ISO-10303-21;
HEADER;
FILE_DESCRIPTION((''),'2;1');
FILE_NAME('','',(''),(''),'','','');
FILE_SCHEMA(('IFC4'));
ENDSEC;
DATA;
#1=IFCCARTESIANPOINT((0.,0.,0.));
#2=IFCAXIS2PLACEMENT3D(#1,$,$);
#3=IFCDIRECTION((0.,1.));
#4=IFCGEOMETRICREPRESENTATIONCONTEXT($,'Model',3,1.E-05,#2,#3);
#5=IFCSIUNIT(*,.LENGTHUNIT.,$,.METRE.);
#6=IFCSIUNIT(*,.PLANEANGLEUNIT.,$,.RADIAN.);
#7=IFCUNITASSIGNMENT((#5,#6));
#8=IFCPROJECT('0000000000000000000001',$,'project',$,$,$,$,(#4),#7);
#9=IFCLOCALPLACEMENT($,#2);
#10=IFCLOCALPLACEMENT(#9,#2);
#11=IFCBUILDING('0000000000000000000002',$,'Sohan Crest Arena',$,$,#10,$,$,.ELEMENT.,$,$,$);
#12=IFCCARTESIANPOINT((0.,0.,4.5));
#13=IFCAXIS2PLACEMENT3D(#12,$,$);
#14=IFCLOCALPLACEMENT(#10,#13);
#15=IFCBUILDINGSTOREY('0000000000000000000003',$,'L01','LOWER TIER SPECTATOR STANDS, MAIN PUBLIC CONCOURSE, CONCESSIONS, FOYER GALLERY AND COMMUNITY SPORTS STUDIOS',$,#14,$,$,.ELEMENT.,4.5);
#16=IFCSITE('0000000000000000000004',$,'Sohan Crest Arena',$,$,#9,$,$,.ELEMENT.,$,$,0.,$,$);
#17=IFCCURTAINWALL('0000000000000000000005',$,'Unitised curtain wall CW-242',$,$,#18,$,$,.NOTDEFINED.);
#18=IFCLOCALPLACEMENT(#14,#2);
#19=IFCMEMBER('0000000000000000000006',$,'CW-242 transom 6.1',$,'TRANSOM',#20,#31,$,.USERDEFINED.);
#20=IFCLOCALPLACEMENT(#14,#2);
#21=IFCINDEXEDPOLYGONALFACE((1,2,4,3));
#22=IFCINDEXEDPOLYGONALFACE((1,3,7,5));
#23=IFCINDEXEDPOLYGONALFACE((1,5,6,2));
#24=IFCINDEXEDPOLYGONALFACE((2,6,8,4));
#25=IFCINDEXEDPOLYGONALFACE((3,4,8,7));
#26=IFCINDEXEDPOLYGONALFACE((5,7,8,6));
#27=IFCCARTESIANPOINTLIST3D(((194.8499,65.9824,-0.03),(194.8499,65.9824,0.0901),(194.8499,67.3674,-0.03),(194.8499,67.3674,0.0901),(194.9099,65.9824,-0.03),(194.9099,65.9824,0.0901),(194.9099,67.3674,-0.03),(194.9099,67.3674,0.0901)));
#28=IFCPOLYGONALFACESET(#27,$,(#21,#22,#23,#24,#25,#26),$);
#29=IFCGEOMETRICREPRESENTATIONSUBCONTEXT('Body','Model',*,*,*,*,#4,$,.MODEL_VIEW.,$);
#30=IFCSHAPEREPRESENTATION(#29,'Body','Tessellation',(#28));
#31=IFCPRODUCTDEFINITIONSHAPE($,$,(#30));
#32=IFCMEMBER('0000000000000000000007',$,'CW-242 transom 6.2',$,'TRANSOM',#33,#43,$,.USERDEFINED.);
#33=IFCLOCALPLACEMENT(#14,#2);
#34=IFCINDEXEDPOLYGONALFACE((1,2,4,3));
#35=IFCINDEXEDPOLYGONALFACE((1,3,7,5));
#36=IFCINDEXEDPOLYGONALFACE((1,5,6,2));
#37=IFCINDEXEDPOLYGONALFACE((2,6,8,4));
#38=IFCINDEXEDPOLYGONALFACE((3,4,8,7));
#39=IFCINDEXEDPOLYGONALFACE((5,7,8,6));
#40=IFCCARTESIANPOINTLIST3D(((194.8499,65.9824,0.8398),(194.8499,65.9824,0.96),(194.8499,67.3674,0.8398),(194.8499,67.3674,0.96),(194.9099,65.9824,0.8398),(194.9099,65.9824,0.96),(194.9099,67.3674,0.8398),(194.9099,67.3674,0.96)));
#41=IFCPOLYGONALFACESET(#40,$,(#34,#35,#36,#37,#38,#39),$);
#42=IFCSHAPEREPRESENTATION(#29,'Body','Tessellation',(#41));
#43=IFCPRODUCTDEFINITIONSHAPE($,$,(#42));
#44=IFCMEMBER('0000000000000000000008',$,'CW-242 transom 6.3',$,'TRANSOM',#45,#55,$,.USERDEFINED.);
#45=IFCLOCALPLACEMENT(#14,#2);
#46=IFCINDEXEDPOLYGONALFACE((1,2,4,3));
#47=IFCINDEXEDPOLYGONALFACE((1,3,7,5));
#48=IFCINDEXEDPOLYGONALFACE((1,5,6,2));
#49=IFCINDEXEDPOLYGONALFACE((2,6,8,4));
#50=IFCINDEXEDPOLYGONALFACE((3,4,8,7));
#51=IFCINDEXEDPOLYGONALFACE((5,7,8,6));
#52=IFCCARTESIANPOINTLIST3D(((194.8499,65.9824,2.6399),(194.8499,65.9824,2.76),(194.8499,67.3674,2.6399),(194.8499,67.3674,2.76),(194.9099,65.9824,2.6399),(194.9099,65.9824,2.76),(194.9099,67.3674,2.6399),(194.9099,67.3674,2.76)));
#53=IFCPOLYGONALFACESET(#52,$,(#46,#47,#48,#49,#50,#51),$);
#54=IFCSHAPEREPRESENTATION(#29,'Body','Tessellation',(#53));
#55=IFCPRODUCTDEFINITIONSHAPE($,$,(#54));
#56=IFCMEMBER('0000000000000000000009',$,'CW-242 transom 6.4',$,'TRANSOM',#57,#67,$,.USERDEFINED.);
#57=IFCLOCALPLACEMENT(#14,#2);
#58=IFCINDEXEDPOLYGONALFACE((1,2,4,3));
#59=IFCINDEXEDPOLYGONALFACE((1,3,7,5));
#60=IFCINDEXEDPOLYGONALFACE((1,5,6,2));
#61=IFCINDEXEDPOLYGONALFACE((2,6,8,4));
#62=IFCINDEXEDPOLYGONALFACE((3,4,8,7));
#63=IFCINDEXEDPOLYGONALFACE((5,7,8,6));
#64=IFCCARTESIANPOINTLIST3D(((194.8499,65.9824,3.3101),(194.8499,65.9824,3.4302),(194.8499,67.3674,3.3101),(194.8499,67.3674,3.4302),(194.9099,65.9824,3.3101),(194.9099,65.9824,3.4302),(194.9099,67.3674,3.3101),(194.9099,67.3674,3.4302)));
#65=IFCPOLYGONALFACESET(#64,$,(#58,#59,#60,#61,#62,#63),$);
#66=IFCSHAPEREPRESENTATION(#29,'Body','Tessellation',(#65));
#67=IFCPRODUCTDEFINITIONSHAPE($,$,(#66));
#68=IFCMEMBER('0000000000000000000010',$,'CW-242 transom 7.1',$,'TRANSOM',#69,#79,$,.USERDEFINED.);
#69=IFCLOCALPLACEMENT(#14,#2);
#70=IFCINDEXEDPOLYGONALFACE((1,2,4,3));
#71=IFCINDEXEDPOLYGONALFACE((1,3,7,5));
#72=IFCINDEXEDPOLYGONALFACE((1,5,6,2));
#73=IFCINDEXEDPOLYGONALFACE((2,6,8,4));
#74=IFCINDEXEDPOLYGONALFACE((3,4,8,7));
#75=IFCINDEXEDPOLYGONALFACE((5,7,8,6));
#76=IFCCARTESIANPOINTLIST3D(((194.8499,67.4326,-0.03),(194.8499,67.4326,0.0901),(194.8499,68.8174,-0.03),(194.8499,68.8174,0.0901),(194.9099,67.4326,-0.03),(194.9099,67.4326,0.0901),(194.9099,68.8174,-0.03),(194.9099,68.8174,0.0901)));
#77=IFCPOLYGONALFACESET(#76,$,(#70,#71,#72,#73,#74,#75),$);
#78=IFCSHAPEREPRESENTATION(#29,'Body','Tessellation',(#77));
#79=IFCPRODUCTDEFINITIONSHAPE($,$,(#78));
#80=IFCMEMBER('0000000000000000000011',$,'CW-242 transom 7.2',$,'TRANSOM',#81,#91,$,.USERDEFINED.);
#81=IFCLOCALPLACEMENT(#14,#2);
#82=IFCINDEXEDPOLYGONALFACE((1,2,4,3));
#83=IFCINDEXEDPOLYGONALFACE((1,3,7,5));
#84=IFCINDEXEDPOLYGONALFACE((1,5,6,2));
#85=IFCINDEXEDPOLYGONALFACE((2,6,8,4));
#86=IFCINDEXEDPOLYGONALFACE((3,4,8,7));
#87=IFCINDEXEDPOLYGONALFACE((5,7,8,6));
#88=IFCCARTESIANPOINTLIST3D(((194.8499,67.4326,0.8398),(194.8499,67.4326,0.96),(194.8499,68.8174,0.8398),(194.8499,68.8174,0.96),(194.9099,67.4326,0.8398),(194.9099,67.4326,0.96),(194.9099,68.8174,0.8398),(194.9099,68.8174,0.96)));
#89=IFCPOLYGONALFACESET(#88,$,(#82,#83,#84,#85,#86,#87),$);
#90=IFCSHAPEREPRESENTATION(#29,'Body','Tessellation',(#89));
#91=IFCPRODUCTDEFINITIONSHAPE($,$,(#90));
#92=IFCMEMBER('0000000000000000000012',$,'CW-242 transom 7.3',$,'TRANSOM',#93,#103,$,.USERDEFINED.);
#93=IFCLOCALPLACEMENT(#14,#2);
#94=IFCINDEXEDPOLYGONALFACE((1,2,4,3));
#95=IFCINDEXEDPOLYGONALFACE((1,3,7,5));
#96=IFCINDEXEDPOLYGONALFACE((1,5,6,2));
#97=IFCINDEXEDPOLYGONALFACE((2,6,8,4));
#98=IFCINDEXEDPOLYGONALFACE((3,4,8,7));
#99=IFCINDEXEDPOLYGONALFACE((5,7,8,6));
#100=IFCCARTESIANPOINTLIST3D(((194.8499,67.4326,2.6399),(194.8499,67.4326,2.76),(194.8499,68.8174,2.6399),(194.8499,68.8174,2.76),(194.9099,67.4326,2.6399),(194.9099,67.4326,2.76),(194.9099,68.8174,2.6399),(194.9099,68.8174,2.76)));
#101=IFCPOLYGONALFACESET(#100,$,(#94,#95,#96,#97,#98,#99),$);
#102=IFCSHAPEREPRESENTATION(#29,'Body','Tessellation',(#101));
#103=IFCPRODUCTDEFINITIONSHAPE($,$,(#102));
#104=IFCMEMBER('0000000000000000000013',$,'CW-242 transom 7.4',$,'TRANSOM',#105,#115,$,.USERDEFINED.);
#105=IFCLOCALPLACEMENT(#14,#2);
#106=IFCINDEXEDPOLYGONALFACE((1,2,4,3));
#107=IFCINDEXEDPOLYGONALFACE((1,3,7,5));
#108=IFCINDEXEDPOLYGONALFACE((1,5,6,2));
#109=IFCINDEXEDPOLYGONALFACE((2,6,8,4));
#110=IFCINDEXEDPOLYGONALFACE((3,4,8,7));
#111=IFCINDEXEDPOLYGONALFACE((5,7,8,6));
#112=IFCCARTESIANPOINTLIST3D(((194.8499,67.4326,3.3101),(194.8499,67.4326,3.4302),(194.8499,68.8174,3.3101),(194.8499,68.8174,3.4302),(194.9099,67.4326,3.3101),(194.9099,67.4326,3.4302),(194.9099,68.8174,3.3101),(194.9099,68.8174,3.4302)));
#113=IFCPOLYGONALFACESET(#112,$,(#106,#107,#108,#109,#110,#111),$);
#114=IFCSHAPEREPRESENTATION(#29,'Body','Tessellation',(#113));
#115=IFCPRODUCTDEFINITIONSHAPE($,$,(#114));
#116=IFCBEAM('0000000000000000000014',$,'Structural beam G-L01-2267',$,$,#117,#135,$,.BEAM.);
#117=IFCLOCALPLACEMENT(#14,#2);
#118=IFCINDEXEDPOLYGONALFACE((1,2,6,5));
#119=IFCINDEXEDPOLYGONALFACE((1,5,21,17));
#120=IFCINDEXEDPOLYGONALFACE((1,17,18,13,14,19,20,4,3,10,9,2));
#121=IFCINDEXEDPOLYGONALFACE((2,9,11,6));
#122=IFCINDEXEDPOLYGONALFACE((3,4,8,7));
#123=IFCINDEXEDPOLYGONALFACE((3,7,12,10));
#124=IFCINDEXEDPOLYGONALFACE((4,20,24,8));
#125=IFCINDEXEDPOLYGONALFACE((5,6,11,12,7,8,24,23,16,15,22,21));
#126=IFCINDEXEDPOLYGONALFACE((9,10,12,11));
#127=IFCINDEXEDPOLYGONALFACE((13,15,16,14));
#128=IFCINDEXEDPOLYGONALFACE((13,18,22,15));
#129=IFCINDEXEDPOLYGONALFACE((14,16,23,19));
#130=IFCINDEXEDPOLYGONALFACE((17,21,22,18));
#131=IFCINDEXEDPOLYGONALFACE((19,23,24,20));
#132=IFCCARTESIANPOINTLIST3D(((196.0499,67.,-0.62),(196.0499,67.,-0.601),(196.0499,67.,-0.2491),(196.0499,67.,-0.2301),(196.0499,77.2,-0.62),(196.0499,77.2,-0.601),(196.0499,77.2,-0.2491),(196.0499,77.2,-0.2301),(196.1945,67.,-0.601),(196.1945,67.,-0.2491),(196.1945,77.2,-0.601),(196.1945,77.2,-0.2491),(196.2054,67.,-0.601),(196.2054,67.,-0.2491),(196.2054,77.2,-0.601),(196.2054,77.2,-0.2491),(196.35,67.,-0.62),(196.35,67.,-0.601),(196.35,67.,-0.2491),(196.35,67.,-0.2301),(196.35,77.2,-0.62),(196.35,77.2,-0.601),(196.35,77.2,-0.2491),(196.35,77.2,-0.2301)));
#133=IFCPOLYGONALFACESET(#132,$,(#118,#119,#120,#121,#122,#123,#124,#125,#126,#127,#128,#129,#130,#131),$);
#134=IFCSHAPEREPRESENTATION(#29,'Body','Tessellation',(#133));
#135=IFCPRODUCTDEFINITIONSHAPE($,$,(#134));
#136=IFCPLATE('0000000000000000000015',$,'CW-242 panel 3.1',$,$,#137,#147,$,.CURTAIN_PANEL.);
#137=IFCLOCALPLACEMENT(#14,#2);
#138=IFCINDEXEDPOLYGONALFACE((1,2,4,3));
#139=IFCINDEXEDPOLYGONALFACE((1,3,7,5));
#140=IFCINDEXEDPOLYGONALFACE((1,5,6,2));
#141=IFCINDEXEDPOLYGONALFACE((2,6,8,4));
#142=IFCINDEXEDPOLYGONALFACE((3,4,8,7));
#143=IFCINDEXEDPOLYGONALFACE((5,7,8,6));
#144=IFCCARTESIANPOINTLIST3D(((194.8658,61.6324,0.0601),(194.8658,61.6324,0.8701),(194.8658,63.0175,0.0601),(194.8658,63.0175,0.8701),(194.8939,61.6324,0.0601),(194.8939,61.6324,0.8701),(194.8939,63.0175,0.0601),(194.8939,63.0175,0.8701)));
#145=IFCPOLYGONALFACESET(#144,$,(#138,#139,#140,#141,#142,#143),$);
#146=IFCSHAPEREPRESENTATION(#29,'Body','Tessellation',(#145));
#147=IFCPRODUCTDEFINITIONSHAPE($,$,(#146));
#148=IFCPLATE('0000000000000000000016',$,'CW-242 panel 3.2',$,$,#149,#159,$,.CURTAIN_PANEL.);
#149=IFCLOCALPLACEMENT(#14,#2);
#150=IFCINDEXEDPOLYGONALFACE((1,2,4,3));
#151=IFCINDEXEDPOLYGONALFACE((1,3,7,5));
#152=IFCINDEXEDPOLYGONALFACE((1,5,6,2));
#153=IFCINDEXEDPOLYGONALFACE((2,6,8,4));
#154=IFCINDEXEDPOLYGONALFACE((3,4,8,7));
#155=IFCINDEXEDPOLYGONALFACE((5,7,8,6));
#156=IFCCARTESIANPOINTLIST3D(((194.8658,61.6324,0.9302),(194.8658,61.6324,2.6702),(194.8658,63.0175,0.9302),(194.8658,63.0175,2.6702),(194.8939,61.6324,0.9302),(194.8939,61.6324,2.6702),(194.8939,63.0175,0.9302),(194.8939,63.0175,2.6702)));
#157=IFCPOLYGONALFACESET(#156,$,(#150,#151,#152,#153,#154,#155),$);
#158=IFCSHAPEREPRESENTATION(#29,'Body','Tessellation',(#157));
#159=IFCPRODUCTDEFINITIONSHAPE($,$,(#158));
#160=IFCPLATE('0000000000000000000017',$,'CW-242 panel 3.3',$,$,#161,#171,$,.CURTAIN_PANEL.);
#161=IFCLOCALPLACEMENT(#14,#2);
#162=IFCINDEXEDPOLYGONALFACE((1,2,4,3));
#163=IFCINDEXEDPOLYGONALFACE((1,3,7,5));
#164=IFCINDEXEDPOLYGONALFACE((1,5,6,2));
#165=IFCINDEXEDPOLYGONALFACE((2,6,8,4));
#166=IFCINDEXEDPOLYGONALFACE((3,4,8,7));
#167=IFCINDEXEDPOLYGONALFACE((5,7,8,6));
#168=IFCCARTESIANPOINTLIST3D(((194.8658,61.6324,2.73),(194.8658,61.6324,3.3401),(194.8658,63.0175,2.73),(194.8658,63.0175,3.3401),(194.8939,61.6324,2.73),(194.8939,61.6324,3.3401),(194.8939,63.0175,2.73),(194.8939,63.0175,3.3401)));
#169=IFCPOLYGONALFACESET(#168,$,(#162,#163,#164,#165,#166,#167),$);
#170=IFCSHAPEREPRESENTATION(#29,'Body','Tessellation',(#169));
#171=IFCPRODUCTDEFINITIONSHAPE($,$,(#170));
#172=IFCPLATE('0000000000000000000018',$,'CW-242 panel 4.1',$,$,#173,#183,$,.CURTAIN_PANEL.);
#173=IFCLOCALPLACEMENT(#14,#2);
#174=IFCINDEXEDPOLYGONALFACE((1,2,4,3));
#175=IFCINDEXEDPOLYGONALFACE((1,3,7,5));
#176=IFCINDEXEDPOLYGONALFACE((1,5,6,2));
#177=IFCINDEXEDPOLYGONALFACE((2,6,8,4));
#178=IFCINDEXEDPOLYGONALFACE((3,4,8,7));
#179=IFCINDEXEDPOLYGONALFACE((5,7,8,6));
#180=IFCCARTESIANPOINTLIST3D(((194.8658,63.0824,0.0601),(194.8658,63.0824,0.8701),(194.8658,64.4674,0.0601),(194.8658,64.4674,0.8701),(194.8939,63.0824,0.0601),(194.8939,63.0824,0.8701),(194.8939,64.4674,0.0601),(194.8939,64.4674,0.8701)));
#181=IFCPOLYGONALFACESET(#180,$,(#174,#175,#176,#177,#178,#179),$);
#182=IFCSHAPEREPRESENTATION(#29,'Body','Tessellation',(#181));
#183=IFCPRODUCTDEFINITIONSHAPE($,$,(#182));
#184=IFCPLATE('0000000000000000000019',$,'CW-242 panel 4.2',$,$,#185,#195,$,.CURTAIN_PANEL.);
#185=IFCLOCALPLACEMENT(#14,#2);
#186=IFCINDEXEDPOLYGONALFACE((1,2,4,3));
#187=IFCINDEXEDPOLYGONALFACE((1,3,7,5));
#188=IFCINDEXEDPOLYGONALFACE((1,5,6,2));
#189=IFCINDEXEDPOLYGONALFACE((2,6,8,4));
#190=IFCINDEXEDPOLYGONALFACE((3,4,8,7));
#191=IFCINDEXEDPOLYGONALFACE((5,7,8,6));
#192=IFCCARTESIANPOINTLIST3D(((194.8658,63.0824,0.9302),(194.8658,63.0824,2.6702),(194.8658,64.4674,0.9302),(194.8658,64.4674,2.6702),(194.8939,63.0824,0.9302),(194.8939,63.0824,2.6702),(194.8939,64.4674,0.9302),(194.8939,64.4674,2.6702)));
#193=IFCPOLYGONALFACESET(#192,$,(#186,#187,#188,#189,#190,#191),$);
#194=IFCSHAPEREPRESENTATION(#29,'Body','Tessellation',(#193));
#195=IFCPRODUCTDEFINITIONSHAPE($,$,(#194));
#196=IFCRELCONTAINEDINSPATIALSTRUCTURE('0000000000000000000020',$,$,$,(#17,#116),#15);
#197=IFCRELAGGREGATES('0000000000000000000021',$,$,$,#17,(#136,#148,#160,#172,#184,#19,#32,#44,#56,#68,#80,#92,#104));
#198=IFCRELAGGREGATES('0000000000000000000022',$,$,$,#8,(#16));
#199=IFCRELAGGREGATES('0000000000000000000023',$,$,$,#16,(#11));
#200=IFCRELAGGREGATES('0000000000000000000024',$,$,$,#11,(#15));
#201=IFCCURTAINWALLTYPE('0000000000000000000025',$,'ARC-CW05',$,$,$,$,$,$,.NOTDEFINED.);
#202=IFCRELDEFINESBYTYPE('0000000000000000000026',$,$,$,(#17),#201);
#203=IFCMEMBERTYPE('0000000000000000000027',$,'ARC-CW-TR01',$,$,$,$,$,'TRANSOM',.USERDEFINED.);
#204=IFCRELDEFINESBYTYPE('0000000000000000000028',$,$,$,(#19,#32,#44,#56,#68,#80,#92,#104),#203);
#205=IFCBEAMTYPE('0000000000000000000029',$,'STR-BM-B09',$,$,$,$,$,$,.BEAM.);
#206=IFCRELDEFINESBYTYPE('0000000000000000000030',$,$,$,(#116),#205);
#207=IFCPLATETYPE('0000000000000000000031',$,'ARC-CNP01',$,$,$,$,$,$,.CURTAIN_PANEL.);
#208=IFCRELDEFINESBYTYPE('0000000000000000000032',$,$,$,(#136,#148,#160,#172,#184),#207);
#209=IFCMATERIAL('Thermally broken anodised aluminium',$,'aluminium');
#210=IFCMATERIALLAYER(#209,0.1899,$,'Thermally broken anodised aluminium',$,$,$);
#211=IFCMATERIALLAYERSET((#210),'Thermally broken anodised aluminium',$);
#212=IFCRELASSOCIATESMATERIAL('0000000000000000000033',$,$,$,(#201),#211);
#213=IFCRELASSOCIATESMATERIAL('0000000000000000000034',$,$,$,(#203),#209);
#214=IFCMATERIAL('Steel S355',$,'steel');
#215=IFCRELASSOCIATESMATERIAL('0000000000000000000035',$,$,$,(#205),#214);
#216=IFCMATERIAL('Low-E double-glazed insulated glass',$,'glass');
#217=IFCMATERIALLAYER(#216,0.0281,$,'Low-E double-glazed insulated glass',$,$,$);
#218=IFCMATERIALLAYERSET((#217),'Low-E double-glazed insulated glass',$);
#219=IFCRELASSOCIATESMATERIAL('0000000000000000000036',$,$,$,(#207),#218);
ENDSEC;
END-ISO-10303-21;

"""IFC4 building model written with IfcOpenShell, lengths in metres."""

from ifc_helpers import new_model, si_unit, direction, frame, origin, origin_2d, place, context, subcontext, project, spatial, rectangle, i_section, extrude, material, layer, layer_set, material_profile, profile_set, type_object, element, aggregate, save


model = new_model("IFC4")

# Units and contexts
model_context = context("Model", 3, precision=1e-05, world=origin(), true_north=direction((0.0, 1.0)))
body_context = subcontext(model_context, "Body", "Model", "MODEL_VIEW")
ifc_project = project(units=[si_unit("LENGTHUNIT", "METRE"), si_unit("PLANEANGLEUNIT", "RADIAN")], contexts=[model_context])

# Site, building, storey
site_placement = place(None, origin())
site = spatial("IfcSite", under=ifc_project, at=site_placement, Name="Sohan Crest Arena", CompositionType="ELEMENT", RefElevation=0.0)
building_placement = place(site_placement, origin())
building = spatial("IfcBuilding", under=site, at=building_placement, Name="Sohan Crest Arena", CompositionType="ELEMENT")
storey_placement = place(building_placement, frame((0.0, 0.0, 4.5)))
storey = spatial("IfcBuildingStorey", under=building, at=storey_placement, Name="L01", Description="LOWER TIER SPECTATOR STANDS, MAIN PUBLIC CONCOURSE, CONCESSIONS, FOYER GALLERY AND COMMUNITY SPORTS STUDIOS", CompositionType="ELEMENT", Elevation=4.5)

# Curtain wall, members
ifc_material_1 = material(Name="Thermally broken anodised aluminium", Category="aluminium")
ifc_layer_1 = layer(ifc_material_1, 0.1899, Name="Thermally broken anodised aluminium")
ifc_layer_set_1 = layer_set([ifc_layer_1], Name="Thermally broken anodised aluminium")
curtain_wall_type = type_object("IfcCurtainWallType", Name="ARC-CW05", PredefinedType="NOTDEFINED", material=ifc_layer_set_1)
curtain_wall_placement = place(storey_placement, origin())
curtain_wall = element("IfcCurtainWall", 1, at=curtain_wall_placement, inside=storey, type_object=curtain_wall_type, Name="Unitised curtain wall CW-242", PredefinedType="NOTDEFINED")
ifc_material_profile_1 = material_profile(ifc_material_1, rectangle(XDim=0.0601, YDim=0.1201, at=origin_2d()), Name="ALU-TRAN 60x120")
ifc_profile_set_1 = profile_set([ifc_material_profile_1], Name="Thermally broken anodised aluminium")
member_type_1 = type_object("IfcMemberType", Name="ARC-CW-TR01", ElementType="TRANSOM", PredefinedType="USERDEFINED", material=ifc_profile_set_1)
member_1_placement = place(storey_placement, frame((194.8799, 65.9824, 0.03), z_axis=(0.0, 1.0, 0.0), x_axis=(-1.0, 0.0, 0.0)))
member_1 = element("IfcMember", 2, at=member_1_placement, type_object=member_type_1, Name="CW-242 transom 6.1", ObjectType="TRANSOM", PredefinedType="USERDEFINED", context=body_context, shape_type="SweptSolid", body=[
    extrude(rectangle(XDim=0.0601, YDim=0.1201, at=origin_2d()), origin(), (0.0, 0.0, 1.0), 1.385),
])
member_2_placement = place(storey_placement, frame((194.8799, 65.9824, 0.8999), z_axis=(0.0, 1.0, 0.0), x_axis=(-1.0, 0.0, 0.0)))
member_2 = element("IfcMember", 3, at=member_2_placement, type_object=member_type_1, Name="CW-242 transom 6.2", ObjectType="TRANSOM", PredefinedType="USERDEFINED", context=body_context, shape_type="SweptSolid", body=[
    extrude(rectangle(XDim=0.0601, YDim=0.1201, at=origin_2d()), origin(), (0.0, 0.0, 1.0), 1.385),
])
member_3_placement = place(storey_placement, frame((194.8799, 65.9824, 2.7), z_axis=(0.0, 1.0, 0.0), x_axis=(-1.0, 0.0, 0.0)))
member_3 = element("IfcMember", 4, at=member_3_placement, type_object=member_type_1, Name="CW-242 transom 6.3", ObjectType="TRANSOM", PredefinedType="USERDEFINED", context=body_context, shape_type="SweptSolid", body=[
    extrude(rectangle(XDim=0.0601, YDim=0.1201, at=origin_2d()), origin(), (0.0, 0.0, 1.0), 1.385),
])
member_4_placement = place(storey_placement, frame((194.8799, 65.9824, 3.3701), z_axis=(0.0, 1.0, 0.0), x_axis=(-1.0, 0.0, 0.0)))
member_4 = element("IfcMember", 5, at=member_4_placement, type_object=member_type_1, Name="CW-242 transom 6.4", ObjectType="TRANSOM", PredefinedType="USERDEFINED", context=body_context, shape_type="SweptSolid", body=[
    extrude(rectangle(XDim=0.0601, YDim=0.1201, at=origin_2d()), origin(), (0.0, 0.0, 1.0), 1.385),
])
member_5_placement = place(storey_placement, frame((194.8799, 67.4326, 0.03), z_axis=(0.0, 1.0, 0.0), x_axis=(-1.0, 0.0, 0.0)))
member_5 = element("IfcMember", 6, at=member_5_placement, type_object=member_type_1, Name="CW-242 transom 7.1", ObjectType="TRANSOM", PredefinedType="USERDEFINED", context=body_context, shape_type="SweptSolid", body=[
    extrude(rectangle(XDim=0.0601, YDim=0.1201, at=origin_2d()), origin(), (0.0, 0.0, 1.0), 1.3848),
])
member_6_placement = place(storey_placement, frame((194.8799, 67.4326, 0.8999), z_axis=(0.0, 1.0, 0.0), x_axis=(-1.0, 0.0, 0.0)))
member_6 = element("IfcMember", 7, at=member_6_placement, type_object=member_type_1, Name="CW-242 transom 7.2", ObjectType="TRANSOM", PredefinedType="USERDEFINED", context=body_context, shape_type="SweptSolid", body=[
    extrude(rectangle(XDim=0.0601, YDim=0.1201, at=origin_2d()), origin(), (0.0, 0.0, 1.0), 1.3848),
])
member_7_placement = place(storey_placement, frame((194.8799, 67.4326, 2.7), z_axis=(0.0, 1.0, 0.0), x_axis=(-1.0, 0.0, 0.0)))
member_7 = element("IfcMember", 8, at=member_7_placement, type_object=member_type_1, Name="CW-242 transom 7.3", ObjectType="TRANSOM", PredefinedType="USERDEFINED", context=body_context, shape_type="SweptSolid", body=[
    extrude(rectangle(XDim=0.0601, YDim=0.1201, at=origin_2d()), origin(), (0.0, 0.0, 1.0), 1.3848),
])
member_8_placement = place(storey_placement, frame((194.8799, 67.4326, 3.3701), z_axis=(0.0, 1.0, 0.0), x_axis=(-1.0, 0.0, 0.0)))
member_8 = element("IfcMember", 9, at=member_8_placement, type_object=member_type_1, Name="CW-242 transom 7.4", ObjectType="TRANSOM", PredefinedType="USERDEFINED", context=body_context, shape_type="SweptSolid", body=[
    extrude(rectangle(XDim=0.0601, YDim=0.1201, at=origin_2d()), origin(), (0.0, 0.0, 1.0), 1.3848),
])

# Beam
ifc_material_2 = material(Name="Steel S355", Category="steel")
ifc_material_profile_2 = material_profile(ifc_material_2, i_section(OverallWidth=0.3, OverallDepth=0.3899, WebThickness=0.011, FlangeThickness=0.019, at=origin_2d()), Name="HEA 400")
ifc_profile_set_2 = profile_set([ifc_material_profile_2], Name="Steel S355")
beam_type = type_object("IfcBeamType", Name="STR-BM-B09", PredefinedType="BEAM", material=ifc_profile_set_2)
beam_placement = place(storey_placement, frame((196.2, 67.0, -0.425), z_axis=(0.0, 1.0, 0.0), x_axis=(-1.0, 0.0, 0.0)))
element("IfcBeam", 10, at=beam_placement, inside=storey, type_object=beam_type, Name="Structural beam G-L01-2267", PredefinedType="BEAM", context=body_context, shape_type="SweptSolid", body=[
    extrude(i_section(OverallWidth=0.3, OverallDepth=0.3899, WebThickness=0.011, FlangeThickness=0.019, at=origin_2d()), origin(), (0.0, 0.0, 1.0), 10.2),
])

# Plates
ifc_material_3 = material(Name="Low-E double-glazed insulated glass", Category="glass")
ifc_layer_2 = layer(ifc_material_3, 0.0281, Name="Low-E double-glazed insulated glass")
ifc_layer_set_2 = layer_set([ifc_layer_2], Name="Low-E double-glazed insulated glass")
plate_type = type_object("IfcPlateType", Name="ARC-CNP01", PredefinedType="CURTAIN_PANEL", material=ifc_layer_set_2)
plate_1_placement = place(storey_placement, frame((194.8799, 62.325, 0.0601), z_axis=(0.0, 0.0, 1.0), x_axis=(0.0, 1.0, 0.0)))
plate_1 = element("IfcPlate", 11, at=plate_1_placement, type_object=plate_type, Name="CW-242 panel 3.1", PredefinedType="CURTAIN_PANEL", context=body_context, shape_type="SweptSolid", body=[
    extrude(rectangle(XDim=1.385, YDim=0.0281, at=origin_2d()), origin(), (0.0, 0.0, 1.0), 0.8101),
])
plate_2_placement = place(storey_placement, frame((194.8799, 62.325, 0.9302), z_axis=(0.0, 0.0, 1.0), x_axis=(0.0, 1.0, 0.0)))
plate_2 = element("IfcPlate", 12, at=plate_2_placement, type_object=plate_type, Name="CW-242 panel 3.2", PredefinedType="CURTAIN_PANEL", context=body_context, shape_type="SweptSolid", body=[
    extrude(rectangle(XDim=1.385, YDim=0.0281, at=origin_2d()), origin(), (0.0, 0.0, 1.0), 1.74),
])
plate_3_placement = place(storey_placement, frame((194.8799, 62.325, 2.73), z_axis=(0.0, 0.0, 1.0), x_axis=(0.0, 1.0, 0.0)))
plate_3 = element("IfcPlate", 13, at=plate_3_placement, type_object=plate_type, Name="CW-242 panel 3.3", PredefinedType="CURTAIN_PANEL", context=body_context, shape_type="SweptSolid", body=[
    extrude(rectangle(XDim=1.385, YDim=0.0281, at=origin_2d()), origin(), (0.0, 0.0, 1.0), 0.6101),
])
plate_4_placement = place(storey_placement, frame((194.8799, 63.7749, 0.0601), z_axis=(0.0, 0.0, 1.0), x_axis=(0.0, 1.0, 0.0)))
plate_4 = element("IfcPlate", 14, at=plate_4_placement, type_object=plate_type, Name="CW-242 panel 4.1", PredefinedType="CURTAIN_PANEL", context=body_context, shape_type="SweptSolid", body=[
    extrude(rectangle(XDim=1.385, YDim=0.0281, at=origin_2d()), origin(), (0.0, 0.0, 1.0), 0.8101),
])
plate_5_placement = place(storey_placement, frame((194.8799, 63.7749, 0.9302), z_axis=(0.0, 0.0, 1.0), x_axis=(0.0, 1.0, 0.0)))
plate_5 = element("IfcPlate", 15, at=plate_5_placement, type_object=plate_type, Name="CW-242 panel 4.2", PredefinedType="CURTAIN_PANEL", context=body_context, shape_type="SweptSolid", body=[
    extrude(rectangle(XDim=1.385, YDim=0.0281, at=origin_2d()), origin(), (0.0, 0.0, 1.0), 1.74),
])
aggregate(curtain_wall, [plate_1, plate_2, plate_3, plate_4, plate_5, member_1, member_2, member_3, member_4, member_5, member_6, member_7, member_8])

save(model, "model.ifc")
